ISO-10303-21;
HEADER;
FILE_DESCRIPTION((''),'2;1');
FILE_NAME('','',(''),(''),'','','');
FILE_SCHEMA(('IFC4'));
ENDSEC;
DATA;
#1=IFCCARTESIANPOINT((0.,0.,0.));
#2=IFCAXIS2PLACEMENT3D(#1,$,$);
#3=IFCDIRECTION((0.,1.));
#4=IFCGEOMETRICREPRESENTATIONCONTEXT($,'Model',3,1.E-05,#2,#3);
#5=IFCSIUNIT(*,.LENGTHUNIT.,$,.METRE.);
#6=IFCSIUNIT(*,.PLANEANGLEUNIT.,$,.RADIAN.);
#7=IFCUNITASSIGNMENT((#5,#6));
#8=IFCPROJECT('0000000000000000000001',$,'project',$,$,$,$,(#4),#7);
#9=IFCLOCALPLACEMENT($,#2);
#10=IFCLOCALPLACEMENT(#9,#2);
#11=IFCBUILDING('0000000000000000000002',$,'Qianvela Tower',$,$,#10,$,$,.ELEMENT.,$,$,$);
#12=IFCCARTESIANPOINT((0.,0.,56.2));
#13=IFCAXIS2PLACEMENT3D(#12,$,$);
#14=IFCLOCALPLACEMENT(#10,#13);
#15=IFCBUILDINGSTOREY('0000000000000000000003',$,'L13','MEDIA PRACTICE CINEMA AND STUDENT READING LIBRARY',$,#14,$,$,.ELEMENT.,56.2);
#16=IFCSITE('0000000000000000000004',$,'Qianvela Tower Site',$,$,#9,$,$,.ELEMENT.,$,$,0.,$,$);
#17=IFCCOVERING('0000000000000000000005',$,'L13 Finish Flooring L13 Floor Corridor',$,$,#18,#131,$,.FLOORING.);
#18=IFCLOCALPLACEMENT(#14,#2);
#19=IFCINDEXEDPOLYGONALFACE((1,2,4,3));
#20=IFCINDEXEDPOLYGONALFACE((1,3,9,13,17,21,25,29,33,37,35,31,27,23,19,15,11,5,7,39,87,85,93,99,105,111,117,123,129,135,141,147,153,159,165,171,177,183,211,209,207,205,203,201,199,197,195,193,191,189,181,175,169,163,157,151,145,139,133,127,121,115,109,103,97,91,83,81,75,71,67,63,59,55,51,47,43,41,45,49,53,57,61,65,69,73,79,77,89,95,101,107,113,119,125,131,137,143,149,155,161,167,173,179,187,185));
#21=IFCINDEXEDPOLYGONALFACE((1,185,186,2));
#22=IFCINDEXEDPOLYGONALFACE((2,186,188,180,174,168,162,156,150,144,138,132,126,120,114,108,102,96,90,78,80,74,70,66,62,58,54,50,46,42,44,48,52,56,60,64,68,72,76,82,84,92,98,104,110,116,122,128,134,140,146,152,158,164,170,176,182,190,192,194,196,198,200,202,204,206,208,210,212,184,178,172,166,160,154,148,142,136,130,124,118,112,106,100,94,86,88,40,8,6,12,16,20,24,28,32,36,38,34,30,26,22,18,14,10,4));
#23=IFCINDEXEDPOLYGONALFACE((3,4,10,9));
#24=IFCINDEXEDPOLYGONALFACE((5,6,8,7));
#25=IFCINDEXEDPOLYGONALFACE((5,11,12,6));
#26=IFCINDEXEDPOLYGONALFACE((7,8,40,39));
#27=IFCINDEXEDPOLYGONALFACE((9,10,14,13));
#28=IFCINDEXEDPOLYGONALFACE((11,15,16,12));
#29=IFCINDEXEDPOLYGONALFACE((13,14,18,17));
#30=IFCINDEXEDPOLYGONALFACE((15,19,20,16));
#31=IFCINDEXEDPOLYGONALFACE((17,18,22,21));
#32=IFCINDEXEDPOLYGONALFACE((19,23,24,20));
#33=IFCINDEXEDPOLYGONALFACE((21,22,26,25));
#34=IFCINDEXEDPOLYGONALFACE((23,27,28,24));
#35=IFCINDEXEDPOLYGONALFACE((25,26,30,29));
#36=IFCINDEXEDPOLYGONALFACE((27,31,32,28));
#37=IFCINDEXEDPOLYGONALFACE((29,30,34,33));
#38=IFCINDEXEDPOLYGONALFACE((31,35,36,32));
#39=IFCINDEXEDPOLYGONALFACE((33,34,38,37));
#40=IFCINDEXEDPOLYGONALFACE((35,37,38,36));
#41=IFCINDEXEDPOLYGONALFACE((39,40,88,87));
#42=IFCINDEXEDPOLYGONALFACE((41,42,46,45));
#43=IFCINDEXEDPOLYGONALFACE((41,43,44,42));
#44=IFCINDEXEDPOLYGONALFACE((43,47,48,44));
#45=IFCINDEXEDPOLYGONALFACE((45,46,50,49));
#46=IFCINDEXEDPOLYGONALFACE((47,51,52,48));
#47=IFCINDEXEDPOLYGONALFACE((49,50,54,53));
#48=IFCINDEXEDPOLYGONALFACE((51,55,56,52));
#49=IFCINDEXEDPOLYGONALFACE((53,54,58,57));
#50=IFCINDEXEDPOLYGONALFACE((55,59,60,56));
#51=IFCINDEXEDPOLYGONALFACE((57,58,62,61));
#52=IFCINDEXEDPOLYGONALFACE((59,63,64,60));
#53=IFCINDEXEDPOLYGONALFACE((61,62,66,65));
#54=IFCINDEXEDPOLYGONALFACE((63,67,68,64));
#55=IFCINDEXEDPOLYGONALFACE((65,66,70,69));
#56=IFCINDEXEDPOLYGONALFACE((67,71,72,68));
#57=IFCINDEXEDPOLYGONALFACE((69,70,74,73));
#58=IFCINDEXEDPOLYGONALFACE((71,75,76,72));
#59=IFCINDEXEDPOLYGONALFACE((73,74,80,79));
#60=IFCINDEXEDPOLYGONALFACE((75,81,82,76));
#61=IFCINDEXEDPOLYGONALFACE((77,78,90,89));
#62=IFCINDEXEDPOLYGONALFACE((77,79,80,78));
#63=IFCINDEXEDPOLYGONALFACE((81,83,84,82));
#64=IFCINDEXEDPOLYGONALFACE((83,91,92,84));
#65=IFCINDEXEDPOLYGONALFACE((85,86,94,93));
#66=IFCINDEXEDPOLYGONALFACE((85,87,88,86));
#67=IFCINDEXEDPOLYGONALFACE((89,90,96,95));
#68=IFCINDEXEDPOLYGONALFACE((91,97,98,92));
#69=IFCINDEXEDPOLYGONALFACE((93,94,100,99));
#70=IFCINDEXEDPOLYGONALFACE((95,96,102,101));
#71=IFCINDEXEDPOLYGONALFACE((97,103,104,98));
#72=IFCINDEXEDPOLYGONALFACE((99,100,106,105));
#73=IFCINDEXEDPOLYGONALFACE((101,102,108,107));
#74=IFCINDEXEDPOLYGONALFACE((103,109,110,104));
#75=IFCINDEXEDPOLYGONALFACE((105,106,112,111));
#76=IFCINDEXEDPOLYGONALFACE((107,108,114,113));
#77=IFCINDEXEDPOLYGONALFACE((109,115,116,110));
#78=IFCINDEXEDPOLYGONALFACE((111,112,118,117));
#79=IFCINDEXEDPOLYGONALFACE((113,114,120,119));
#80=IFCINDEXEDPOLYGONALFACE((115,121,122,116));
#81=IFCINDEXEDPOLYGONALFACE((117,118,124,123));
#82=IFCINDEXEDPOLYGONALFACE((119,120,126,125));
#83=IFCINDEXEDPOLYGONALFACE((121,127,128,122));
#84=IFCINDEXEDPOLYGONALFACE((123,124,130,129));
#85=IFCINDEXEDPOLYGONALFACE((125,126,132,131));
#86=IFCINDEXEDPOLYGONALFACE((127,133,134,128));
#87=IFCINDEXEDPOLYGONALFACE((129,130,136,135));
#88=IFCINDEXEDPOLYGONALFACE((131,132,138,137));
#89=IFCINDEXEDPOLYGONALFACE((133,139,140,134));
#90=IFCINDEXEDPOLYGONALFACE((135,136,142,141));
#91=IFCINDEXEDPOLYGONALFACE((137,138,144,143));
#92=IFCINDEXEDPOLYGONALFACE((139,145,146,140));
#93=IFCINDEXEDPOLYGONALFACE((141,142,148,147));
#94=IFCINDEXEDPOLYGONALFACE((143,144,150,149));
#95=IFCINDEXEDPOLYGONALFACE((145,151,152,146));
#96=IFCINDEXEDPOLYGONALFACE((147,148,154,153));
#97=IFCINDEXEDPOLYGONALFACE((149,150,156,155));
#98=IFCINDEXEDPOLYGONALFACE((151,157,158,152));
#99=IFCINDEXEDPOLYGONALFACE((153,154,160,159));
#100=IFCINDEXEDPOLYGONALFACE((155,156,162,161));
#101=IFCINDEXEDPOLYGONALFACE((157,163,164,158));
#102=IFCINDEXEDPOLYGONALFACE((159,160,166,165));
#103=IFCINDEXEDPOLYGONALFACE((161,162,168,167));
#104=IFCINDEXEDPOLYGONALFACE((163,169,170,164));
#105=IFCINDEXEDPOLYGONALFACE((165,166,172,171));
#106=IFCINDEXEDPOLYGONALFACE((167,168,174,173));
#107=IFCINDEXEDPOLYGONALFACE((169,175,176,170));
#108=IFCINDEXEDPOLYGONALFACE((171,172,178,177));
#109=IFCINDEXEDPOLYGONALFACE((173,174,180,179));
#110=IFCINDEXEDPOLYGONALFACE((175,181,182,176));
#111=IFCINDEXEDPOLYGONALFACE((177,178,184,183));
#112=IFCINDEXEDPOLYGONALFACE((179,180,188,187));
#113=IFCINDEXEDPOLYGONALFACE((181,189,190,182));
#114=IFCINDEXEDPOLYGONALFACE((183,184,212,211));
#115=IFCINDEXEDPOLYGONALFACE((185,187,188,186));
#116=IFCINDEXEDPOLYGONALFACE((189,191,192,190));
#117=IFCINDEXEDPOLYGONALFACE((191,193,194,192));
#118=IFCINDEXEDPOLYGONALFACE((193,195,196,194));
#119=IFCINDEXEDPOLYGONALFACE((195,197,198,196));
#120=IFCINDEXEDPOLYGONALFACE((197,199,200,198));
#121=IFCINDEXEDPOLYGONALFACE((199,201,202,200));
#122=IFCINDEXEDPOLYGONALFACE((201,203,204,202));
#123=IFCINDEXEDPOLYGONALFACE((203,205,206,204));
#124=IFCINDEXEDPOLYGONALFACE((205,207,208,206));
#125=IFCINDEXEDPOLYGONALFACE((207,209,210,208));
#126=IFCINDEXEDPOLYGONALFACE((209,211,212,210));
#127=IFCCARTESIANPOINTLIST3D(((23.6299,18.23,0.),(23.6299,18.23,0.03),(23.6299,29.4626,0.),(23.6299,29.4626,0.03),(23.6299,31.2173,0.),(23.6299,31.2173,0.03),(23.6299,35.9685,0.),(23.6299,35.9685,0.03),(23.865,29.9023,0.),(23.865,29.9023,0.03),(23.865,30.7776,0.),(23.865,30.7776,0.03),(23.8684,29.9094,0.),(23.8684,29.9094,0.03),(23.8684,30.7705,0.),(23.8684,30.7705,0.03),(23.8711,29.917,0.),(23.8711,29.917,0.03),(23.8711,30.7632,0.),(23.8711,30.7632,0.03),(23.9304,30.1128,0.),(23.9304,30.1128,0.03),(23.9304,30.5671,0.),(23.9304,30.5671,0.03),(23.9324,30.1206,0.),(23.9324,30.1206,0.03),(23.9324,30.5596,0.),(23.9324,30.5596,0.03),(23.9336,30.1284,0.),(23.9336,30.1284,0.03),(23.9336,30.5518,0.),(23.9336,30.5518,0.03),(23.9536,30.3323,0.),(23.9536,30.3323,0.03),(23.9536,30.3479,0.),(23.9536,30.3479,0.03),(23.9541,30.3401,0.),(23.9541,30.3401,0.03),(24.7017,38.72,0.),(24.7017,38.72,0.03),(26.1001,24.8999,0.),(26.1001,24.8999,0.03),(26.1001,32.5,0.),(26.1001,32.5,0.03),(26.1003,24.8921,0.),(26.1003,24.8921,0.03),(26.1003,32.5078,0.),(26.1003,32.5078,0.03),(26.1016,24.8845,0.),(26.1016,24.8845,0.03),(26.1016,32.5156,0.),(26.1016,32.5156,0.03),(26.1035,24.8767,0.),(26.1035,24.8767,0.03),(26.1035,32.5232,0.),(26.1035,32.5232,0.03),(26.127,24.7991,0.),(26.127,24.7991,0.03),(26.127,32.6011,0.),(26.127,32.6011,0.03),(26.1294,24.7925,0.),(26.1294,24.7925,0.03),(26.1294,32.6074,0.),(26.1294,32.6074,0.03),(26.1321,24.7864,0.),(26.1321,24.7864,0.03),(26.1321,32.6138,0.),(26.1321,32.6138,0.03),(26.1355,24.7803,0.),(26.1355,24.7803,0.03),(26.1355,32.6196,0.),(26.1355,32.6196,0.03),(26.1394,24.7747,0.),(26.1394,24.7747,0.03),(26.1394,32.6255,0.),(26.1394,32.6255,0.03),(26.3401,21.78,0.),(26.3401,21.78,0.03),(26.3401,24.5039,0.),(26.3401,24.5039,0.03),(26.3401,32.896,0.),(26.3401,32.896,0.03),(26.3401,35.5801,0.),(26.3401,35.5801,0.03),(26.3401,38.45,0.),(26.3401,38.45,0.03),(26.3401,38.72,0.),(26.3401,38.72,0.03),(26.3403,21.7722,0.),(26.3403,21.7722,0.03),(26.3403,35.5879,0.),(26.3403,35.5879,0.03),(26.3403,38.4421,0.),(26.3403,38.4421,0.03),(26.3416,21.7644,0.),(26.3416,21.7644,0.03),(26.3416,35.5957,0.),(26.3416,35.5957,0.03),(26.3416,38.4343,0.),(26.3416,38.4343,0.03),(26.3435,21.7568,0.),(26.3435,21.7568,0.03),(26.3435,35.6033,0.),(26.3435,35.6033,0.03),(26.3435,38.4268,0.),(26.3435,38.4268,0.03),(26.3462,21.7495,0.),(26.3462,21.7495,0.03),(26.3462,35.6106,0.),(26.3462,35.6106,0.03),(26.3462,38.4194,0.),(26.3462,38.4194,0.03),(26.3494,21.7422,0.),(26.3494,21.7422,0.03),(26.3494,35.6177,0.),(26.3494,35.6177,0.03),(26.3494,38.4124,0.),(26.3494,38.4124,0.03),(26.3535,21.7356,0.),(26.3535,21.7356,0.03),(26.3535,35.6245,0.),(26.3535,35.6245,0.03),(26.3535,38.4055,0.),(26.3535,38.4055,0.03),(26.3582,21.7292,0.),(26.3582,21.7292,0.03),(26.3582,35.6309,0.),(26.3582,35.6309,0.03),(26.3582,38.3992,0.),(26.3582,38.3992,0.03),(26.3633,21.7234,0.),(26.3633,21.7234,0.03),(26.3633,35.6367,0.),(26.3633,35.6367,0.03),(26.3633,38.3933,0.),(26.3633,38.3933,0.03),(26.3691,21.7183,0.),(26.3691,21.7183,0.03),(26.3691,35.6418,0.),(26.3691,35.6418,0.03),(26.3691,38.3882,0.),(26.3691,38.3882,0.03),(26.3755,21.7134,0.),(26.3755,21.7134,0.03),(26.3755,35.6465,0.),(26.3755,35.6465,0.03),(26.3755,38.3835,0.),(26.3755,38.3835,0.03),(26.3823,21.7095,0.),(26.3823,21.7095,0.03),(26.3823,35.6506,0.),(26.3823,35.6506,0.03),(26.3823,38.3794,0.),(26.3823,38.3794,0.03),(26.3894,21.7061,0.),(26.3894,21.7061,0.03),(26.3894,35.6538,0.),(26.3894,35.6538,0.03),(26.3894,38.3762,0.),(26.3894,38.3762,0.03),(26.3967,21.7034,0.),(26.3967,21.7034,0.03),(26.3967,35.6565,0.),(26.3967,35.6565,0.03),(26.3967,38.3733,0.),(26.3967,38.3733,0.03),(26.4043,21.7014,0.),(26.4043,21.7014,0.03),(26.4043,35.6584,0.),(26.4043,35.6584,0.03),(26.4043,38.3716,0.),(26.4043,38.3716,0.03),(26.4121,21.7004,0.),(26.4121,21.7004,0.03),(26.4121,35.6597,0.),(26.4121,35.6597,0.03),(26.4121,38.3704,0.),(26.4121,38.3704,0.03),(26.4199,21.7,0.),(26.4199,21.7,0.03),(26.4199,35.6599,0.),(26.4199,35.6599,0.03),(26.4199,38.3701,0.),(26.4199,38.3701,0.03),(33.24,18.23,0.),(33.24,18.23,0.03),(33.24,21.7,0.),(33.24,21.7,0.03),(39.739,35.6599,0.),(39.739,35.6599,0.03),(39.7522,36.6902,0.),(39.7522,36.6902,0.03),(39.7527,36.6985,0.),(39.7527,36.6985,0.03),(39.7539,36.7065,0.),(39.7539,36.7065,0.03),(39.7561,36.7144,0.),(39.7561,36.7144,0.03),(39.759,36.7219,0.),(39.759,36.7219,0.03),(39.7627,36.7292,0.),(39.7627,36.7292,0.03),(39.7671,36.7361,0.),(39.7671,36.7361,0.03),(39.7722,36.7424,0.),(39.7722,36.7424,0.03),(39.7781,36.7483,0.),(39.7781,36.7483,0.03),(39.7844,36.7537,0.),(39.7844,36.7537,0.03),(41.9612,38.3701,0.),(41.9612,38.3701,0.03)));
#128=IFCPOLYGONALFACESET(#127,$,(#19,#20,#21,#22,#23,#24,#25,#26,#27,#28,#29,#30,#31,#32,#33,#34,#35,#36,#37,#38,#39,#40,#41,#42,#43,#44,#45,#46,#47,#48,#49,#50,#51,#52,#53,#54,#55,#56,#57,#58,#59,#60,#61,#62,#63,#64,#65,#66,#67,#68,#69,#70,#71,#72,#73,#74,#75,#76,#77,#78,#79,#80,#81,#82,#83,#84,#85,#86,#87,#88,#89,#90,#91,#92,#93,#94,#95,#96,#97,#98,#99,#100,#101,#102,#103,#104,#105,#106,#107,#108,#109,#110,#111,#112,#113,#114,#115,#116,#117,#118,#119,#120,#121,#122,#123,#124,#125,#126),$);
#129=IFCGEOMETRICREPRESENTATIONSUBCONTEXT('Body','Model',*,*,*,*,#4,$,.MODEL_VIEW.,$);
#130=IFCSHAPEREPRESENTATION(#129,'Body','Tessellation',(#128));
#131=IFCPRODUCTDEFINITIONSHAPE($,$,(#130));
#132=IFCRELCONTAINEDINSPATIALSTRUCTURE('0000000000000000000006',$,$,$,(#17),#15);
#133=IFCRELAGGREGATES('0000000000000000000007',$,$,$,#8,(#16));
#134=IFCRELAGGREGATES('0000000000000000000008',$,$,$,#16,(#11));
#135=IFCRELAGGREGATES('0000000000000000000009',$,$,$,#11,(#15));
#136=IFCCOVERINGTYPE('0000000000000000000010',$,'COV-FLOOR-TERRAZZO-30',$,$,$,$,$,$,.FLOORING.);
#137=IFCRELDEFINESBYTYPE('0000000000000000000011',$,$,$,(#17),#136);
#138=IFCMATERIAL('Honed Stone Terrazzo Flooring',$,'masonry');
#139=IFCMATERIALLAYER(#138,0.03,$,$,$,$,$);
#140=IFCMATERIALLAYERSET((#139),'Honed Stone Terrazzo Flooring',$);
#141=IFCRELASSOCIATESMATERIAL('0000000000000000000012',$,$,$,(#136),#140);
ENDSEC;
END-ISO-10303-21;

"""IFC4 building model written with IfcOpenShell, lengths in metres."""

from ifc_helpers import new_model, si_unit, direction, frame, origin, place, context, subcontext, project, spatial, polyline, outline, extrude, material, layer, layer_set, type_object, element, save


model = new_model("IFC4")

# Units and contexts
model_context = context("Model", 3, precision=1e-05, world=origin(), true_north=direction((0.0, 1.0)))
body_context = subcontext(model_context, "Body", "Model", "MODEL_VIEW")
ifc_project = project(units=[si_unit("LENGTHUNIT", "METRE"), si_unit("PLANEANGLEUNIT", "RADIAN")], contexts=[model_context])

# Site, building, storey
site_placement = place(None, origin())
site = spatial("IfcSite", under=ifc_project, at=site_placement, Name="Qianvela Tower Site", CompositionType="ELEMENT", RefElevation=0.0)
building_placement = place(site_placement, origin())
building = spatial("IfcBuilding", under=site, at=building_placement, Name="Qianvela Tower", CompositionType="ELEMENT")
storey_placement = place(building_placement, frame((0.0, 0.0, 56.2)))
storey = spatial("IfcBuildingStorey", under=building, at=storey_placement, Name="L13", Description="MEDIA PRACTICE CINEMA AND STUDENT READING LIBRARY", CompositionType="ELEMENT", Elevation=56.2)

# Covering
ifc_material_1 = material(Name="Honed Stone Terrazzo Flooring", Category="masonry")
ifc_layer_1 = layer(ifc_material_1, 0.03)
ifc_layer_set_1 = layer_set([ifc_layer_1], Name="Honed Stone Terrazzo Flooring")
covering_type_1 = type_object("IfcCoveringType", Name="COV-FLOOR-TERRAZZO-30", PredefinedType="FLOORING", material=ifc_layer_set_1)
covering_1_placement = place(storey_placement, origin())
element("IfcCovering", 1, at=covering_1_placement, inside=storey, type_object=covering_type_1, Name="L13 Finish Flooring L13 Floor Corridor", PredefinedType="FLOORING", context=body_context, shape_type="SweptSolid", body=[
    extrude(outline(polyline([(23.8711, 30.7632), (23.8684, 30.7705), (23.865, 30.7776), (23.6299, 31.2173), (23.6299, 35.9685), (24.7017, 38.72), (26.3401, 38.72), (26.3401, 38.45), (26.3403, 38.4421), (26.3416, 38.4343), (26.3435, 38.4268), (26.3462, 38.4194), (26.3494, 38.4124), (26.3535, 38.4055), (26.3582, 38.3992), (26.3633, 38.3933), (26.3691, 38.3882), (26.3755, 38.3835), (26.3823, 38.3794), (26.3894, 38.3762), (26.3967, 38.3733), (26.4043, 38.3716), (26.4121, 38.3704), (26.4199, 38.3701), (41.9612, 38.3701), (39.7844, 36.7537), (39.7781, 36.7483), (39.7722, 36.7424), (39.7671, 36.7361), (39.7627, 36.7292), (39.759, 36.7219), (39.7561, 36.7144), (39.7539, 36.7065), (39.7527, 36.6985), (39.7522, 36.6902), (39.739, 35.6599), (26.4199, 35.6599), (26.4121, 35.6597), (26.4043, 35.6584), (26.3967, 35.6565), (26.3894, 35.6538), (26.3823, 35.6506), (26.3755, 35.6465), (26.3691, 35.6418), (26.3633, 35.6367), (26.3582, 35.6309), (26.3535, 35.6245), (26.3494, 35.6177), (26.3462, 35.6106), (26.3435, 35.6033), (26.3416, 35.5957), (26.3403, 35.5879), (26.3401, 35.5801), (26.3401, 32.896), (26.1394, 32.6255), (26.1355, 32.6196), (26.1321, 32.6138), (26.1294, 32.6074), (26.127, 32.6011), (26.1035, 32.5232), (26.1016, 32.5156), (26.1003, 32.5078), (26.1001, 32.5), (26.1001, 24.8999), (26.1003, 24.8921), (26.1016, 24.8845), (26.1035, 24.8767), (26.127, 24.7991), (26.1294, 24.7925), (26.1321, 24.7864), (26.1355, 24.7803), (26.1394, 24.7747), (26.3401, 24.5039), (26.3401, 21.78), (26.3403, 21.7722), (26.3416, 21.7644), (26.3435, 21.7568), (26.3462, 21.7495), (26.3494, 21.7422), (26.3535, 21.7356), (26.3582, 21.7292), (26.3633, 21.7234), (26.3691, 21.7183), (26.3755, 21.7134), (26.3823, 21.7095), (26.3894, 21.7061), (26.3967, 21.7034), (26.4043, 21.7014), (26.4121, 21.7004), (26.4199, 21.7), (33.24, 21.7), (33.24, 18.23), (23.6299, 18.23), (23.6299, 29.4626), (23.865, 29.9023), (23.8684, 29.9094), (23.8711, 29.917), (23.9304, 30.1128), (23.9324, 30.1206), (23.9336, 30.1284), (23.9536, 30.3323), (23.9541, 30.3401), (23.9536, 30.3479), (23.9336, 30.5518), (23.9324, 30.5596), (23.9304, 30.5671), (23.8711, 30.7632)])), origin(), (0.0, 0.0, 1.0), 0.03),
])

save(model, "model.ifc")
